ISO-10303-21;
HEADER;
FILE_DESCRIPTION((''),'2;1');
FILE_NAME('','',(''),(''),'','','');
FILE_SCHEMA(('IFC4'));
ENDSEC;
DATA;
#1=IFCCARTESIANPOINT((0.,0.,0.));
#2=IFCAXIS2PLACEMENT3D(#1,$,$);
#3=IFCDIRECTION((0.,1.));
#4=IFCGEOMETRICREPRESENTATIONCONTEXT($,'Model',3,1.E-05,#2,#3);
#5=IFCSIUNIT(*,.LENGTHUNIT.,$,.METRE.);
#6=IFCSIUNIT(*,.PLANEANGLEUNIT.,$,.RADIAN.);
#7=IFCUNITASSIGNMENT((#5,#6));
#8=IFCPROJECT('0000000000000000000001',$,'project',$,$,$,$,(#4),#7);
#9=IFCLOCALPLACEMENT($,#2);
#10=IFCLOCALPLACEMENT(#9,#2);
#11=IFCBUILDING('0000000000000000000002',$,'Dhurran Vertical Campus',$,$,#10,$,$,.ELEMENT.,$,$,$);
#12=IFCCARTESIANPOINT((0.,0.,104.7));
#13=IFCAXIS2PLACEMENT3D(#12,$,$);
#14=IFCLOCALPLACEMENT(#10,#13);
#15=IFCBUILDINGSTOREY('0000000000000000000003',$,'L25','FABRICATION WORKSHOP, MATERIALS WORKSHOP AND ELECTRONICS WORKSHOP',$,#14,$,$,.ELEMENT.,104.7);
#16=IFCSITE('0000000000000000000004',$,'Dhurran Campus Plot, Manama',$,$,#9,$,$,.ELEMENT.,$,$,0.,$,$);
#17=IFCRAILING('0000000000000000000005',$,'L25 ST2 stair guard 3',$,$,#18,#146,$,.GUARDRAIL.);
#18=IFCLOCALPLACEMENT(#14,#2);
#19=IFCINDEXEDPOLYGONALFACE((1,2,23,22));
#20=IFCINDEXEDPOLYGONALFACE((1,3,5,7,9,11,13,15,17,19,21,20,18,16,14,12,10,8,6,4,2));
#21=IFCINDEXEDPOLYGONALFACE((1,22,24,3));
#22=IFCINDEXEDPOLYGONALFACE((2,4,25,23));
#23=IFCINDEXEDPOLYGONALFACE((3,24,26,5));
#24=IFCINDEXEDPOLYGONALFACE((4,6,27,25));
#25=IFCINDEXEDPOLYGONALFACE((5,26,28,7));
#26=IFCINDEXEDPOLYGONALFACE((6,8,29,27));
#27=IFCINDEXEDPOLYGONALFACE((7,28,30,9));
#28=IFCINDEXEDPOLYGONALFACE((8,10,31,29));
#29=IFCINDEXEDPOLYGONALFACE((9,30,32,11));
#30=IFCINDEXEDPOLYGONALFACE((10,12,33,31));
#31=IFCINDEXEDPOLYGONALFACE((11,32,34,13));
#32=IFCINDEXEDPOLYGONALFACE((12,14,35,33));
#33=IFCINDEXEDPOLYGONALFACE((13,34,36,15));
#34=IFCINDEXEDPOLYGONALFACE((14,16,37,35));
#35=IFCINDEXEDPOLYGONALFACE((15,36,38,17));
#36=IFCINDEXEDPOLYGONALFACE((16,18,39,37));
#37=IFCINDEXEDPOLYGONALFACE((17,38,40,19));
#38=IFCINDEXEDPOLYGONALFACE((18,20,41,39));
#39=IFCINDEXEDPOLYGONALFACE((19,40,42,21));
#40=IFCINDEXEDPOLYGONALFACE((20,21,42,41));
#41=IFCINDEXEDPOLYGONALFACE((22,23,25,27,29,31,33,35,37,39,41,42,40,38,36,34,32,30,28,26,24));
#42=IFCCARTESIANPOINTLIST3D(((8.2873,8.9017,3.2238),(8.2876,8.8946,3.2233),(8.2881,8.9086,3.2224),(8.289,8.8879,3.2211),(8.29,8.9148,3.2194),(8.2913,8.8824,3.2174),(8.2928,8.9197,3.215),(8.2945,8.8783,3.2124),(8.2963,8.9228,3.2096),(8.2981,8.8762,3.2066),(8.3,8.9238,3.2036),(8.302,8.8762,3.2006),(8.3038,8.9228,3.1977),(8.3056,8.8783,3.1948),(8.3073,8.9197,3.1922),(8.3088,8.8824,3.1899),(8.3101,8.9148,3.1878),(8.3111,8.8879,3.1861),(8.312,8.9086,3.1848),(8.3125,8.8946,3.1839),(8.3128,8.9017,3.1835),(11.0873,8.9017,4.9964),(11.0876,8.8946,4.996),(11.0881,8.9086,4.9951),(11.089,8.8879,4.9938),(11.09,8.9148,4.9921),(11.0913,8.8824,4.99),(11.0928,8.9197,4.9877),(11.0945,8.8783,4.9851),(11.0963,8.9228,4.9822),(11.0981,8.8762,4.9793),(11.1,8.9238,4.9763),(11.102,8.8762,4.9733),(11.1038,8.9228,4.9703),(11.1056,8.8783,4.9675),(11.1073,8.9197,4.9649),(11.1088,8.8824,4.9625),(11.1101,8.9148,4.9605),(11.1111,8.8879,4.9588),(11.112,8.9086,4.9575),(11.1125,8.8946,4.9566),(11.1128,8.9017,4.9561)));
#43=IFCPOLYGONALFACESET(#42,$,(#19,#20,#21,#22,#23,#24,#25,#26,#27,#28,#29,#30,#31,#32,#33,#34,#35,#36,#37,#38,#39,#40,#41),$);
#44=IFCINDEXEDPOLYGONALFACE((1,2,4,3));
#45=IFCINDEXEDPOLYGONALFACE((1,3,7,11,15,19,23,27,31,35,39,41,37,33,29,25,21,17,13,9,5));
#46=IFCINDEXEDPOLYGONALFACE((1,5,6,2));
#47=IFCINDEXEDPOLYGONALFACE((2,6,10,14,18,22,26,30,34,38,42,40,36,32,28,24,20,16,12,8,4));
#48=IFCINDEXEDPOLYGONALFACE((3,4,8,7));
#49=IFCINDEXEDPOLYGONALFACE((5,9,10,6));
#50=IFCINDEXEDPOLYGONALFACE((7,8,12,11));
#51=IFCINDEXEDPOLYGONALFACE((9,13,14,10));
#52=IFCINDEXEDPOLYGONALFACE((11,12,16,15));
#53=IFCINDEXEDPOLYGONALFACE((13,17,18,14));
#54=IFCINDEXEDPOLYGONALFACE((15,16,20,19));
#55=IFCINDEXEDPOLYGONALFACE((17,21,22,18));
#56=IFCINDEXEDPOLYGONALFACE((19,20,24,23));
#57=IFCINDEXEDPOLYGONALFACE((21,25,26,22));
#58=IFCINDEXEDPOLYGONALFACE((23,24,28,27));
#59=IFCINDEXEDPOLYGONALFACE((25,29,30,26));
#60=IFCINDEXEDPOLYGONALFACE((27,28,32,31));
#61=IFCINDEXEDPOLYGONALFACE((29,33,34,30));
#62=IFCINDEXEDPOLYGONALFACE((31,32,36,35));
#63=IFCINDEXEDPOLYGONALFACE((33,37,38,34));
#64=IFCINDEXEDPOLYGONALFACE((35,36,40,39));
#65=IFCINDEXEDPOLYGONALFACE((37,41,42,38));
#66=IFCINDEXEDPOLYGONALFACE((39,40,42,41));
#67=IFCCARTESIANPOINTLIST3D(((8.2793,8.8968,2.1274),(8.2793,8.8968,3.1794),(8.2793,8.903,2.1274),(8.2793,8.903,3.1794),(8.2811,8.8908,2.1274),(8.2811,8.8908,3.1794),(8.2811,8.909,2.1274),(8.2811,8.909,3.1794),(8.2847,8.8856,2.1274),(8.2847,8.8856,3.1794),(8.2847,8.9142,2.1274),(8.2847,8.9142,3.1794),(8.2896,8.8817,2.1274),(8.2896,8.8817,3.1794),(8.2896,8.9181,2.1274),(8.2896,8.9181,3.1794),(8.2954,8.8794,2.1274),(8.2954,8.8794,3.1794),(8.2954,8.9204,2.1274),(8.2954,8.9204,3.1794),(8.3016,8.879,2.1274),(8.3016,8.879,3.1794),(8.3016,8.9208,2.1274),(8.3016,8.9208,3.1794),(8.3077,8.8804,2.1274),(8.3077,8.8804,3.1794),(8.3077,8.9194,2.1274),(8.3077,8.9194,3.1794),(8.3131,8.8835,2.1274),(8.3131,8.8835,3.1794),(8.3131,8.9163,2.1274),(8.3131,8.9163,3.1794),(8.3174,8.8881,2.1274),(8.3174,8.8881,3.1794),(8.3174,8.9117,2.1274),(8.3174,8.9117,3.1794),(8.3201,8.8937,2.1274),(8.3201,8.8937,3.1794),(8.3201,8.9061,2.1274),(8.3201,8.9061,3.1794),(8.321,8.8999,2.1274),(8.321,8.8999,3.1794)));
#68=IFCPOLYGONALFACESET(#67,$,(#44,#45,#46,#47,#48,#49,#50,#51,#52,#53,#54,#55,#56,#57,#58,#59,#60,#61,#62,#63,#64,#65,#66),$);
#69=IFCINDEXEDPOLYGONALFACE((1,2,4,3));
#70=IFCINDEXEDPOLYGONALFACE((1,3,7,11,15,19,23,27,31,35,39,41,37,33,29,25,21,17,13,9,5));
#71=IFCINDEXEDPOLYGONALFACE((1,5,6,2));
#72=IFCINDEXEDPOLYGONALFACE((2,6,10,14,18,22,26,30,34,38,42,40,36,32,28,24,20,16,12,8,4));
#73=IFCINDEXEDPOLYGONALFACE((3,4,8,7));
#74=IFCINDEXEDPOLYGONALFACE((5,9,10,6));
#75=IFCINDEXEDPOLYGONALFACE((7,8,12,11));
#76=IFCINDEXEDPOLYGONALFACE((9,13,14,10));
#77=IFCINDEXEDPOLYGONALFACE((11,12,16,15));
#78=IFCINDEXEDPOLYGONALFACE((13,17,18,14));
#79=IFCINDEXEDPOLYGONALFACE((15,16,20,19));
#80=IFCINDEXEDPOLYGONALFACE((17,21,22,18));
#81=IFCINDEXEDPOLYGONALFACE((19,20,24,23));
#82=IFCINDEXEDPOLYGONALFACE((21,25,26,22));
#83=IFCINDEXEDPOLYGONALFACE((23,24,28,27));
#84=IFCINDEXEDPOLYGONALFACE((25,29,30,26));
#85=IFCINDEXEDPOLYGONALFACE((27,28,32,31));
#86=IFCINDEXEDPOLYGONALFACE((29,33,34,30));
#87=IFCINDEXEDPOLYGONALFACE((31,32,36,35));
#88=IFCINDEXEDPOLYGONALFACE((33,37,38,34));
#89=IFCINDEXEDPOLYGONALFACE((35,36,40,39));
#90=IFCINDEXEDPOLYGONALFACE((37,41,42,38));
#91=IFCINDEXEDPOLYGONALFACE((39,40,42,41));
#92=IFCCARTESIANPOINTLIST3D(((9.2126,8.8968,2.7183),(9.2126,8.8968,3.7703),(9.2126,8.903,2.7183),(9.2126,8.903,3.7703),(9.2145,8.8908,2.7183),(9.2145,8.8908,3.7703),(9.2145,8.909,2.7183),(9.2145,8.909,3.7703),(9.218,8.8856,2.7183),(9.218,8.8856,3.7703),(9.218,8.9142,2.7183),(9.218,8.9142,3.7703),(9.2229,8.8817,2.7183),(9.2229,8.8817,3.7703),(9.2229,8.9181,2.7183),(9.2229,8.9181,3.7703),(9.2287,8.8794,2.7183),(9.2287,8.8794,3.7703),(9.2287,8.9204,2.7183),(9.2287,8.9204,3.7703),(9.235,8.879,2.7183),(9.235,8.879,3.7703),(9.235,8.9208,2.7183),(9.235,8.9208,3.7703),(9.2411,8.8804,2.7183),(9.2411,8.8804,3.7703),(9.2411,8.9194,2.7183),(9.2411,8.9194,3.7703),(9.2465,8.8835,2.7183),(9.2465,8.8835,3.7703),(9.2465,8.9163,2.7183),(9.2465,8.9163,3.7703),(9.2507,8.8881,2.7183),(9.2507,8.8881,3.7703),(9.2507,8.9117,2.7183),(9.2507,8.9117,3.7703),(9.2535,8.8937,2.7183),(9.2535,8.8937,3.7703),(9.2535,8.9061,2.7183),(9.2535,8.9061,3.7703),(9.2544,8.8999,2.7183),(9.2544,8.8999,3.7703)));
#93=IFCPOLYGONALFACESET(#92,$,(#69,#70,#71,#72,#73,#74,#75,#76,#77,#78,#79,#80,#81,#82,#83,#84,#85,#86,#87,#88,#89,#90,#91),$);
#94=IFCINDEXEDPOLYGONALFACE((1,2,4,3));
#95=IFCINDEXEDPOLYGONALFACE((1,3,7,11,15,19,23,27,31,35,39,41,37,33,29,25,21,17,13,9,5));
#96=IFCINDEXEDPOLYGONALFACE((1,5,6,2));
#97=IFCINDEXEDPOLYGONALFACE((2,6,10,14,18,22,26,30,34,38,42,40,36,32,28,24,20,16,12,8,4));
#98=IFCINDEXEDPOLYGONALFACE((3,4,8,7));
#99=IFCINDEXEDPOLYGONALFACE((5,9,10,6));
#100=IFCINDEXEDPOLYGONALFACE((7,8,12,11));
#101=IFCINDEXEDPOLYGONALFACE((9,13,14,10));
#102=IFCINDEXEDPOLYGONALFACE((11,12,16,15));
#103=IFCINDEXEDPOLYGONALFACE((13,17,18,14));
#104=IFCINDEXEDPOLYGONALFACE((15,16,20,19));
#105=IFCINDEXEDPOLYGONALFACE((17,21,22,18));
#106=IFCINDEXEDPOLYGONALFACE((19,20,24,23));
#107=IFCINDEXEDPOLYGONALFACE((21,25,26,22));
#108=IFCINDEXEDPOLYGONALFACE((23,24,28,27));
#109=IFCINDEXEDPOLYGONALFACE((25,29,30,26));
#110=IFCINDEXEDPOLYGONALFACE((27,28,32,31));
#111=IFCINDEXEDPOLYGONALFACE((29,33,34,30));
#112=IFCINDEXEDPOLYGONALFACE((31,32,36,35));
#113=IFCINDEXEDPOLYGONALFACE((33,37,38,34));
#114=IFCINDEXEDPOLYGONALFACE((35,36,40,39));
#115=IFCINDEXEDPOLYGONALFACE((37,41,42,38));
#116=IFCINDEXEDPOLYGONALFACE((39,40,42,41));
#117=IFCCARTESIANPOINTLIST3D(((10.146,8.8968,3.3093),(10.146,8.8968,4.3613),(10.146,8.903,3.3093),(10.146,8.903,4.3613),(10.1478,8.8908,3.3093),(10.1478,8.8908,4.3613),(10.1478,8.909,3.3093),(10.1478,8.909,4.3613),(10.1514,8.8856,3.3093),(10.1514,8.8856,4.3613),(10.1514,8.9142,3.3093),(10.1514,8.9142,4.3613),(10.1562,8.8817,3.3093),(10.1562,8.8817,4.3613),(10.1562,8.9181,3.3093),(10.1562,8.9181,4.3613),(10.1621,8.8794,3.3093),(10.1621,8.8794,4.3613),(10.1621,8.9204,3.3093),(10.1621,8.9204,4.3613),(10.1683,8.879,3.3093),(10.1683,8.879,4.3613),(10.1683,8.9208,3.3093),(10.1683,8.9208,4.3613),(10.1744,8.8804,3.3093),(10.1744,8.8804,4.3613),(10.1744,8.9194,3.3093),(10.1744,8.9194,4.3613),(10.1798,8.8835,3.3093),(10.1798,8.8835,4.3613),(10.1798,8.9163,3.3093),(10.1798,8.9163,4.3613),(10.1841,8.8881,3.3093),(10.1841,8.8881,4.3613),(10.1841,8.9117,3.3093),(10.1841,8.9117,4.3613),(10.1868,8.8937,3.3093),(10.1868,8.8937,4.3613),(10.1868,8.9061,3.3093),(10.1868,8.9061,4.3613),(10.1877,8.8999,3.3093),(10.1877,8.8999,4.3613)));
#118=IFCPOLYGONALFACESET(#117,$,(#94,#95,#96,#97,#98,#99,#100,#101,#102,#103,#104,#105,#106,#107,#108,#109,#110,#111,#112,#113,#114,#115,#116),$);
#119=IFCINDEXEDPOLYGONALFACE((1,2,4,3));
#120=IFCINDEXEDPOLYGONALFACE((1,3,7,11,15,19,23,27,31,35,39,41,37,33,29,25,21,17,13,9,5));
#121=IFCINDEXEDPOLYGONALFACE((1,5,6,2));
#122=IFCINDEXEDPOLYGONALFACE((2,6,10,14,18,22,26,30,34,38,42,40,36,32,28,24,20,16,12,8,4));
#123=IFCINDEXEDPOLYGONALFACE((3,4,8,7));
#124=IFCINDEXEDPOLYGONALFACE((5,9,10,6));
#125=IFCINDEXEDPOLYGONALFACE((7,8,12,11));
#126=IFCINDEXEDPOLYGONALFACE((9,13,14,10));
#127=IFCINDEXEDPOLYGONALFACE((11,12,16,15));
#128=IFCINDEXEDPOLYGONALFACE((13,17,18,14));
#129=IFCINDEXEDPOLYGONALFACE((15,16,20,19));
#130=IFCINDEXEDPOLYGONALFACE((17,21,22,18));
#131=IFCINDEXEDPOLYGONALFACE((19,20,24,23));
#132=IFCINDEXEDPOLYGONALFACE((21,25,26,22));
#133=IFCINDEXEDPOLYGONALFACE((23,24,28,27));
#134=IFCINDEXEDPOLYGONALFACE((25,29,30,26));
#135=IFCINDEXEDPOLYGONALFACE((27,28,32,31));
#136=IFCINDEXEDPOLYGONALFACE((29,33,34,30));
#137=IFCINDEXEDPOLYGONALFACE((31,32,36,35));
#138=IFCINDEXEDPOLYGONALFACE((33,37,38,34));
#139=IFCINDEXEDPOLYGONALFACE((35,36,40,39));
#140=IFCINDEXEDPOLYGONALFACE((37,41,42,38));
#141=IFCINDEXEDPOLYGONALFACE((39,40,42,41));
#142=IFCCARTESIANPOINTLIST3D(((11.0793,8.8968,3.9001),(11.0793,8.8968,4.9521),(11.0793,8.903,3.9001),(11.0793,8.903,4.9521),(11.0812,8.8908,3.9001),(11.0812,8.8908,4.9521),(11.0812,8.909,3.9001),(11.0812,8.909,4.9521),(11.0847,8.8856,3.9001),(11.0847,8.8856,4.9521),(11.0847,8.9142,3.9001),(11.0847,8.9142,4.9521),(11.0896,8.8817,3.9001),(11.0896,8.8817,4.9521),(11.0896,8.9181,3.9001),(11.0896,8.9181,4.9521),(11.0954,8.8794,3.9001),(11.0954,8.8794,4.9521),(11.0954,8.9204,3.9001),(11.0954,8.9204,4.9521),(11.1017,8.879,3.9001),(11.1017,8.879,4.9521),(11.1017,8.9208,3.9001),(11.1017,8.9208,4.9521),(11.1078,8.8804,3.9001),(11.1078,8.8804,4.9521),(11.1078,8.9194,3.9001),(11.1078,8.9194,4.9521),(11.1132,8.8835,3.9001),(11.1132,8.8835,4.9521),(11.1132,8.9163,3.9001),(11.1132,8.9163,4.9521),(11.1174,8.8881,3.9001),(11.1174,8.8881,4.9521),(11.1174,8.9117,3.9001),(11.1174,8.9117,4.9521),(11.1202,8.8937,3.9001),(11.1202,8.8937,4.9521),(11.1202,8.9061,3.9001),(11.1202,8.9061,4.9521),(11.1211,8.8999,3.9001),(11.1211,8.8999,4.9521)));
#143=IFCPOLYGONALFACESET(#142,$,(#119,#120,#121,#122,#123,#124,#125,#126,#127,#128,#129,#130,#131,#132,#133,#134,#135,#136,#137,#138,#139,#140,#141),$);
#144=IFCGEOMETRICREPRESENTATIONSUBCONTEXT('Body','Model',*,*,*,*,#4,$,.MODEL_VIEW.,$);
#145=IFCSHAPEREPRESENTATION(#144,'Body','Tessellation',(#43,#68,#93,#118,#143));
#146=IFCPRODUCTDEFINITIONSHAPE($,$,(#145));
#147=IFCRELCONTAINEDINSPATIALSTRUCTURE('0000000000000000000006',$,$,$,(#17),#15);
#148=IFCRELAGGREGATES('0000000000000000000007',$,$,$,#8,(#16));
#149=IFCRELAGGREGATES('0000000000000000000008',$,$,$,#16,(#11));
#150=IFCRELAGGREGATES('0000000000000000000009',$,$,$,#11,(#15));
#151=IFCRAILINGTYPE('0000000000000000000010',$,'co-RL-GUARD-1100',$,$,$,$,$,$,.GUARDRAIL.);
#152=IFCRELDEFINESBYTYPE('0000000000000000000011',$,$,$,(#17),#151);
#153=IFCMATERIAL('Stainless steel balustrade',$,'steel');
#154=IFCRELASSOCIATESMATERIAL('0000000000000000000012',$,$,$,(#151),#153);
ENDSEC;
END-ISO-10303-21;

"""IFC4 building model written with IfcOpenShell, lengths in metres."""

from ifc_helpers import new_model, si_unit, direction, frame, origin, origin_2d, place, context, subcontext, project, spatial, circle, extrude, material, type_object, element, save


model = new_model("IFC4")

# Units and contexts
model_context = context("Model", 3, precision=1e-05, world=origin(), true_north=direction((0.0, 1.0)))
body_context = subcontext(model_context, "Body", "Model", "MODEL_VIEW")
ifc_project = project(units=[si_unit("LENGTHUNIT", "METRE"), si_unit("PLANEANGLEUNIT", "RADIAN")], contexts=[model_context])

# Site, building, storey
site_placement = place(None, origin())
site = spatial("IfcSite", under=ifc_project, at=site_placement, Name="Dhurran Campus Plot, Manama", CompositionType="ELEMENT", RefElevation=0.0)
building_placement = place(site_placement, origin())
building = spatial("IfcBuilding", under=site, at=building_placement, Name="Dhurran Vertical Campus", CompositionType="ELEMENT")
storey_placement = place(building_placement, frame((0.0, 0.0, 104.7)))
storey = spatial("IfcBuildingStorey", under=building, at=storey_placement, Name="L25", Description="FABRICATION WORKSHOP, MATERIALS WORKSHOP AND ELECTRONICS WORKSHOP", CompositionType="ELEMENT", Elevation=104.7)

# Railing
ifc_material_1 = material(Name="Stainless steel balustrade", Category="steel")
railing_type_1 = type_object("IfcRailingType", Name="co-RL-GUARD-1100", PredefinedType="GUARDRAIL", material=ifc_material_1)
railing_1_placement = place(storey_placement, frame((8.3, 8.8999, 2.1274)))
element("IfcRailing", 1, at=railing_1_placement, inside=storey, type_object=railing_type_1, Name="L25 ST2 stair guard 3", PredefinedType="GUARDRAIL", context=body_context, shape_type="SweptSolid", body=[
    extrude(circle(Radius=0.0239, at=origin_2d()), frame((0.0, 0.0, 1.0762), z_axis=(0.844909, 0.0, 0.53491), x_axis=(0.0, 1.0, 0.0)), (0.0, 0.0, 1.0), 3.314),
    extrude(circle(Radius=0.021, at=origin_2d()), origin(), (0.0, 0.0, 1.0), 1.052),
    extrude(circle(Radius=0.021, at=origin_2d()), frame((0.9333, 0.0, 0.5908)), (0.0, 0.0, 1.0), 1.052),
    extrude(circle(Radius=0.021, at=origin_2d()), frame((1.8667, 0.0, 1.1819)), (0.0, 0.0, 1.0), 1.052),
    extrude(circle(Radius=0.021, at=origin_2d()), frame((2.8, 0.0, 1.7727)), (0.0, 0.0, 1.0), 1.052),
])

save(model, "model.ifc")
